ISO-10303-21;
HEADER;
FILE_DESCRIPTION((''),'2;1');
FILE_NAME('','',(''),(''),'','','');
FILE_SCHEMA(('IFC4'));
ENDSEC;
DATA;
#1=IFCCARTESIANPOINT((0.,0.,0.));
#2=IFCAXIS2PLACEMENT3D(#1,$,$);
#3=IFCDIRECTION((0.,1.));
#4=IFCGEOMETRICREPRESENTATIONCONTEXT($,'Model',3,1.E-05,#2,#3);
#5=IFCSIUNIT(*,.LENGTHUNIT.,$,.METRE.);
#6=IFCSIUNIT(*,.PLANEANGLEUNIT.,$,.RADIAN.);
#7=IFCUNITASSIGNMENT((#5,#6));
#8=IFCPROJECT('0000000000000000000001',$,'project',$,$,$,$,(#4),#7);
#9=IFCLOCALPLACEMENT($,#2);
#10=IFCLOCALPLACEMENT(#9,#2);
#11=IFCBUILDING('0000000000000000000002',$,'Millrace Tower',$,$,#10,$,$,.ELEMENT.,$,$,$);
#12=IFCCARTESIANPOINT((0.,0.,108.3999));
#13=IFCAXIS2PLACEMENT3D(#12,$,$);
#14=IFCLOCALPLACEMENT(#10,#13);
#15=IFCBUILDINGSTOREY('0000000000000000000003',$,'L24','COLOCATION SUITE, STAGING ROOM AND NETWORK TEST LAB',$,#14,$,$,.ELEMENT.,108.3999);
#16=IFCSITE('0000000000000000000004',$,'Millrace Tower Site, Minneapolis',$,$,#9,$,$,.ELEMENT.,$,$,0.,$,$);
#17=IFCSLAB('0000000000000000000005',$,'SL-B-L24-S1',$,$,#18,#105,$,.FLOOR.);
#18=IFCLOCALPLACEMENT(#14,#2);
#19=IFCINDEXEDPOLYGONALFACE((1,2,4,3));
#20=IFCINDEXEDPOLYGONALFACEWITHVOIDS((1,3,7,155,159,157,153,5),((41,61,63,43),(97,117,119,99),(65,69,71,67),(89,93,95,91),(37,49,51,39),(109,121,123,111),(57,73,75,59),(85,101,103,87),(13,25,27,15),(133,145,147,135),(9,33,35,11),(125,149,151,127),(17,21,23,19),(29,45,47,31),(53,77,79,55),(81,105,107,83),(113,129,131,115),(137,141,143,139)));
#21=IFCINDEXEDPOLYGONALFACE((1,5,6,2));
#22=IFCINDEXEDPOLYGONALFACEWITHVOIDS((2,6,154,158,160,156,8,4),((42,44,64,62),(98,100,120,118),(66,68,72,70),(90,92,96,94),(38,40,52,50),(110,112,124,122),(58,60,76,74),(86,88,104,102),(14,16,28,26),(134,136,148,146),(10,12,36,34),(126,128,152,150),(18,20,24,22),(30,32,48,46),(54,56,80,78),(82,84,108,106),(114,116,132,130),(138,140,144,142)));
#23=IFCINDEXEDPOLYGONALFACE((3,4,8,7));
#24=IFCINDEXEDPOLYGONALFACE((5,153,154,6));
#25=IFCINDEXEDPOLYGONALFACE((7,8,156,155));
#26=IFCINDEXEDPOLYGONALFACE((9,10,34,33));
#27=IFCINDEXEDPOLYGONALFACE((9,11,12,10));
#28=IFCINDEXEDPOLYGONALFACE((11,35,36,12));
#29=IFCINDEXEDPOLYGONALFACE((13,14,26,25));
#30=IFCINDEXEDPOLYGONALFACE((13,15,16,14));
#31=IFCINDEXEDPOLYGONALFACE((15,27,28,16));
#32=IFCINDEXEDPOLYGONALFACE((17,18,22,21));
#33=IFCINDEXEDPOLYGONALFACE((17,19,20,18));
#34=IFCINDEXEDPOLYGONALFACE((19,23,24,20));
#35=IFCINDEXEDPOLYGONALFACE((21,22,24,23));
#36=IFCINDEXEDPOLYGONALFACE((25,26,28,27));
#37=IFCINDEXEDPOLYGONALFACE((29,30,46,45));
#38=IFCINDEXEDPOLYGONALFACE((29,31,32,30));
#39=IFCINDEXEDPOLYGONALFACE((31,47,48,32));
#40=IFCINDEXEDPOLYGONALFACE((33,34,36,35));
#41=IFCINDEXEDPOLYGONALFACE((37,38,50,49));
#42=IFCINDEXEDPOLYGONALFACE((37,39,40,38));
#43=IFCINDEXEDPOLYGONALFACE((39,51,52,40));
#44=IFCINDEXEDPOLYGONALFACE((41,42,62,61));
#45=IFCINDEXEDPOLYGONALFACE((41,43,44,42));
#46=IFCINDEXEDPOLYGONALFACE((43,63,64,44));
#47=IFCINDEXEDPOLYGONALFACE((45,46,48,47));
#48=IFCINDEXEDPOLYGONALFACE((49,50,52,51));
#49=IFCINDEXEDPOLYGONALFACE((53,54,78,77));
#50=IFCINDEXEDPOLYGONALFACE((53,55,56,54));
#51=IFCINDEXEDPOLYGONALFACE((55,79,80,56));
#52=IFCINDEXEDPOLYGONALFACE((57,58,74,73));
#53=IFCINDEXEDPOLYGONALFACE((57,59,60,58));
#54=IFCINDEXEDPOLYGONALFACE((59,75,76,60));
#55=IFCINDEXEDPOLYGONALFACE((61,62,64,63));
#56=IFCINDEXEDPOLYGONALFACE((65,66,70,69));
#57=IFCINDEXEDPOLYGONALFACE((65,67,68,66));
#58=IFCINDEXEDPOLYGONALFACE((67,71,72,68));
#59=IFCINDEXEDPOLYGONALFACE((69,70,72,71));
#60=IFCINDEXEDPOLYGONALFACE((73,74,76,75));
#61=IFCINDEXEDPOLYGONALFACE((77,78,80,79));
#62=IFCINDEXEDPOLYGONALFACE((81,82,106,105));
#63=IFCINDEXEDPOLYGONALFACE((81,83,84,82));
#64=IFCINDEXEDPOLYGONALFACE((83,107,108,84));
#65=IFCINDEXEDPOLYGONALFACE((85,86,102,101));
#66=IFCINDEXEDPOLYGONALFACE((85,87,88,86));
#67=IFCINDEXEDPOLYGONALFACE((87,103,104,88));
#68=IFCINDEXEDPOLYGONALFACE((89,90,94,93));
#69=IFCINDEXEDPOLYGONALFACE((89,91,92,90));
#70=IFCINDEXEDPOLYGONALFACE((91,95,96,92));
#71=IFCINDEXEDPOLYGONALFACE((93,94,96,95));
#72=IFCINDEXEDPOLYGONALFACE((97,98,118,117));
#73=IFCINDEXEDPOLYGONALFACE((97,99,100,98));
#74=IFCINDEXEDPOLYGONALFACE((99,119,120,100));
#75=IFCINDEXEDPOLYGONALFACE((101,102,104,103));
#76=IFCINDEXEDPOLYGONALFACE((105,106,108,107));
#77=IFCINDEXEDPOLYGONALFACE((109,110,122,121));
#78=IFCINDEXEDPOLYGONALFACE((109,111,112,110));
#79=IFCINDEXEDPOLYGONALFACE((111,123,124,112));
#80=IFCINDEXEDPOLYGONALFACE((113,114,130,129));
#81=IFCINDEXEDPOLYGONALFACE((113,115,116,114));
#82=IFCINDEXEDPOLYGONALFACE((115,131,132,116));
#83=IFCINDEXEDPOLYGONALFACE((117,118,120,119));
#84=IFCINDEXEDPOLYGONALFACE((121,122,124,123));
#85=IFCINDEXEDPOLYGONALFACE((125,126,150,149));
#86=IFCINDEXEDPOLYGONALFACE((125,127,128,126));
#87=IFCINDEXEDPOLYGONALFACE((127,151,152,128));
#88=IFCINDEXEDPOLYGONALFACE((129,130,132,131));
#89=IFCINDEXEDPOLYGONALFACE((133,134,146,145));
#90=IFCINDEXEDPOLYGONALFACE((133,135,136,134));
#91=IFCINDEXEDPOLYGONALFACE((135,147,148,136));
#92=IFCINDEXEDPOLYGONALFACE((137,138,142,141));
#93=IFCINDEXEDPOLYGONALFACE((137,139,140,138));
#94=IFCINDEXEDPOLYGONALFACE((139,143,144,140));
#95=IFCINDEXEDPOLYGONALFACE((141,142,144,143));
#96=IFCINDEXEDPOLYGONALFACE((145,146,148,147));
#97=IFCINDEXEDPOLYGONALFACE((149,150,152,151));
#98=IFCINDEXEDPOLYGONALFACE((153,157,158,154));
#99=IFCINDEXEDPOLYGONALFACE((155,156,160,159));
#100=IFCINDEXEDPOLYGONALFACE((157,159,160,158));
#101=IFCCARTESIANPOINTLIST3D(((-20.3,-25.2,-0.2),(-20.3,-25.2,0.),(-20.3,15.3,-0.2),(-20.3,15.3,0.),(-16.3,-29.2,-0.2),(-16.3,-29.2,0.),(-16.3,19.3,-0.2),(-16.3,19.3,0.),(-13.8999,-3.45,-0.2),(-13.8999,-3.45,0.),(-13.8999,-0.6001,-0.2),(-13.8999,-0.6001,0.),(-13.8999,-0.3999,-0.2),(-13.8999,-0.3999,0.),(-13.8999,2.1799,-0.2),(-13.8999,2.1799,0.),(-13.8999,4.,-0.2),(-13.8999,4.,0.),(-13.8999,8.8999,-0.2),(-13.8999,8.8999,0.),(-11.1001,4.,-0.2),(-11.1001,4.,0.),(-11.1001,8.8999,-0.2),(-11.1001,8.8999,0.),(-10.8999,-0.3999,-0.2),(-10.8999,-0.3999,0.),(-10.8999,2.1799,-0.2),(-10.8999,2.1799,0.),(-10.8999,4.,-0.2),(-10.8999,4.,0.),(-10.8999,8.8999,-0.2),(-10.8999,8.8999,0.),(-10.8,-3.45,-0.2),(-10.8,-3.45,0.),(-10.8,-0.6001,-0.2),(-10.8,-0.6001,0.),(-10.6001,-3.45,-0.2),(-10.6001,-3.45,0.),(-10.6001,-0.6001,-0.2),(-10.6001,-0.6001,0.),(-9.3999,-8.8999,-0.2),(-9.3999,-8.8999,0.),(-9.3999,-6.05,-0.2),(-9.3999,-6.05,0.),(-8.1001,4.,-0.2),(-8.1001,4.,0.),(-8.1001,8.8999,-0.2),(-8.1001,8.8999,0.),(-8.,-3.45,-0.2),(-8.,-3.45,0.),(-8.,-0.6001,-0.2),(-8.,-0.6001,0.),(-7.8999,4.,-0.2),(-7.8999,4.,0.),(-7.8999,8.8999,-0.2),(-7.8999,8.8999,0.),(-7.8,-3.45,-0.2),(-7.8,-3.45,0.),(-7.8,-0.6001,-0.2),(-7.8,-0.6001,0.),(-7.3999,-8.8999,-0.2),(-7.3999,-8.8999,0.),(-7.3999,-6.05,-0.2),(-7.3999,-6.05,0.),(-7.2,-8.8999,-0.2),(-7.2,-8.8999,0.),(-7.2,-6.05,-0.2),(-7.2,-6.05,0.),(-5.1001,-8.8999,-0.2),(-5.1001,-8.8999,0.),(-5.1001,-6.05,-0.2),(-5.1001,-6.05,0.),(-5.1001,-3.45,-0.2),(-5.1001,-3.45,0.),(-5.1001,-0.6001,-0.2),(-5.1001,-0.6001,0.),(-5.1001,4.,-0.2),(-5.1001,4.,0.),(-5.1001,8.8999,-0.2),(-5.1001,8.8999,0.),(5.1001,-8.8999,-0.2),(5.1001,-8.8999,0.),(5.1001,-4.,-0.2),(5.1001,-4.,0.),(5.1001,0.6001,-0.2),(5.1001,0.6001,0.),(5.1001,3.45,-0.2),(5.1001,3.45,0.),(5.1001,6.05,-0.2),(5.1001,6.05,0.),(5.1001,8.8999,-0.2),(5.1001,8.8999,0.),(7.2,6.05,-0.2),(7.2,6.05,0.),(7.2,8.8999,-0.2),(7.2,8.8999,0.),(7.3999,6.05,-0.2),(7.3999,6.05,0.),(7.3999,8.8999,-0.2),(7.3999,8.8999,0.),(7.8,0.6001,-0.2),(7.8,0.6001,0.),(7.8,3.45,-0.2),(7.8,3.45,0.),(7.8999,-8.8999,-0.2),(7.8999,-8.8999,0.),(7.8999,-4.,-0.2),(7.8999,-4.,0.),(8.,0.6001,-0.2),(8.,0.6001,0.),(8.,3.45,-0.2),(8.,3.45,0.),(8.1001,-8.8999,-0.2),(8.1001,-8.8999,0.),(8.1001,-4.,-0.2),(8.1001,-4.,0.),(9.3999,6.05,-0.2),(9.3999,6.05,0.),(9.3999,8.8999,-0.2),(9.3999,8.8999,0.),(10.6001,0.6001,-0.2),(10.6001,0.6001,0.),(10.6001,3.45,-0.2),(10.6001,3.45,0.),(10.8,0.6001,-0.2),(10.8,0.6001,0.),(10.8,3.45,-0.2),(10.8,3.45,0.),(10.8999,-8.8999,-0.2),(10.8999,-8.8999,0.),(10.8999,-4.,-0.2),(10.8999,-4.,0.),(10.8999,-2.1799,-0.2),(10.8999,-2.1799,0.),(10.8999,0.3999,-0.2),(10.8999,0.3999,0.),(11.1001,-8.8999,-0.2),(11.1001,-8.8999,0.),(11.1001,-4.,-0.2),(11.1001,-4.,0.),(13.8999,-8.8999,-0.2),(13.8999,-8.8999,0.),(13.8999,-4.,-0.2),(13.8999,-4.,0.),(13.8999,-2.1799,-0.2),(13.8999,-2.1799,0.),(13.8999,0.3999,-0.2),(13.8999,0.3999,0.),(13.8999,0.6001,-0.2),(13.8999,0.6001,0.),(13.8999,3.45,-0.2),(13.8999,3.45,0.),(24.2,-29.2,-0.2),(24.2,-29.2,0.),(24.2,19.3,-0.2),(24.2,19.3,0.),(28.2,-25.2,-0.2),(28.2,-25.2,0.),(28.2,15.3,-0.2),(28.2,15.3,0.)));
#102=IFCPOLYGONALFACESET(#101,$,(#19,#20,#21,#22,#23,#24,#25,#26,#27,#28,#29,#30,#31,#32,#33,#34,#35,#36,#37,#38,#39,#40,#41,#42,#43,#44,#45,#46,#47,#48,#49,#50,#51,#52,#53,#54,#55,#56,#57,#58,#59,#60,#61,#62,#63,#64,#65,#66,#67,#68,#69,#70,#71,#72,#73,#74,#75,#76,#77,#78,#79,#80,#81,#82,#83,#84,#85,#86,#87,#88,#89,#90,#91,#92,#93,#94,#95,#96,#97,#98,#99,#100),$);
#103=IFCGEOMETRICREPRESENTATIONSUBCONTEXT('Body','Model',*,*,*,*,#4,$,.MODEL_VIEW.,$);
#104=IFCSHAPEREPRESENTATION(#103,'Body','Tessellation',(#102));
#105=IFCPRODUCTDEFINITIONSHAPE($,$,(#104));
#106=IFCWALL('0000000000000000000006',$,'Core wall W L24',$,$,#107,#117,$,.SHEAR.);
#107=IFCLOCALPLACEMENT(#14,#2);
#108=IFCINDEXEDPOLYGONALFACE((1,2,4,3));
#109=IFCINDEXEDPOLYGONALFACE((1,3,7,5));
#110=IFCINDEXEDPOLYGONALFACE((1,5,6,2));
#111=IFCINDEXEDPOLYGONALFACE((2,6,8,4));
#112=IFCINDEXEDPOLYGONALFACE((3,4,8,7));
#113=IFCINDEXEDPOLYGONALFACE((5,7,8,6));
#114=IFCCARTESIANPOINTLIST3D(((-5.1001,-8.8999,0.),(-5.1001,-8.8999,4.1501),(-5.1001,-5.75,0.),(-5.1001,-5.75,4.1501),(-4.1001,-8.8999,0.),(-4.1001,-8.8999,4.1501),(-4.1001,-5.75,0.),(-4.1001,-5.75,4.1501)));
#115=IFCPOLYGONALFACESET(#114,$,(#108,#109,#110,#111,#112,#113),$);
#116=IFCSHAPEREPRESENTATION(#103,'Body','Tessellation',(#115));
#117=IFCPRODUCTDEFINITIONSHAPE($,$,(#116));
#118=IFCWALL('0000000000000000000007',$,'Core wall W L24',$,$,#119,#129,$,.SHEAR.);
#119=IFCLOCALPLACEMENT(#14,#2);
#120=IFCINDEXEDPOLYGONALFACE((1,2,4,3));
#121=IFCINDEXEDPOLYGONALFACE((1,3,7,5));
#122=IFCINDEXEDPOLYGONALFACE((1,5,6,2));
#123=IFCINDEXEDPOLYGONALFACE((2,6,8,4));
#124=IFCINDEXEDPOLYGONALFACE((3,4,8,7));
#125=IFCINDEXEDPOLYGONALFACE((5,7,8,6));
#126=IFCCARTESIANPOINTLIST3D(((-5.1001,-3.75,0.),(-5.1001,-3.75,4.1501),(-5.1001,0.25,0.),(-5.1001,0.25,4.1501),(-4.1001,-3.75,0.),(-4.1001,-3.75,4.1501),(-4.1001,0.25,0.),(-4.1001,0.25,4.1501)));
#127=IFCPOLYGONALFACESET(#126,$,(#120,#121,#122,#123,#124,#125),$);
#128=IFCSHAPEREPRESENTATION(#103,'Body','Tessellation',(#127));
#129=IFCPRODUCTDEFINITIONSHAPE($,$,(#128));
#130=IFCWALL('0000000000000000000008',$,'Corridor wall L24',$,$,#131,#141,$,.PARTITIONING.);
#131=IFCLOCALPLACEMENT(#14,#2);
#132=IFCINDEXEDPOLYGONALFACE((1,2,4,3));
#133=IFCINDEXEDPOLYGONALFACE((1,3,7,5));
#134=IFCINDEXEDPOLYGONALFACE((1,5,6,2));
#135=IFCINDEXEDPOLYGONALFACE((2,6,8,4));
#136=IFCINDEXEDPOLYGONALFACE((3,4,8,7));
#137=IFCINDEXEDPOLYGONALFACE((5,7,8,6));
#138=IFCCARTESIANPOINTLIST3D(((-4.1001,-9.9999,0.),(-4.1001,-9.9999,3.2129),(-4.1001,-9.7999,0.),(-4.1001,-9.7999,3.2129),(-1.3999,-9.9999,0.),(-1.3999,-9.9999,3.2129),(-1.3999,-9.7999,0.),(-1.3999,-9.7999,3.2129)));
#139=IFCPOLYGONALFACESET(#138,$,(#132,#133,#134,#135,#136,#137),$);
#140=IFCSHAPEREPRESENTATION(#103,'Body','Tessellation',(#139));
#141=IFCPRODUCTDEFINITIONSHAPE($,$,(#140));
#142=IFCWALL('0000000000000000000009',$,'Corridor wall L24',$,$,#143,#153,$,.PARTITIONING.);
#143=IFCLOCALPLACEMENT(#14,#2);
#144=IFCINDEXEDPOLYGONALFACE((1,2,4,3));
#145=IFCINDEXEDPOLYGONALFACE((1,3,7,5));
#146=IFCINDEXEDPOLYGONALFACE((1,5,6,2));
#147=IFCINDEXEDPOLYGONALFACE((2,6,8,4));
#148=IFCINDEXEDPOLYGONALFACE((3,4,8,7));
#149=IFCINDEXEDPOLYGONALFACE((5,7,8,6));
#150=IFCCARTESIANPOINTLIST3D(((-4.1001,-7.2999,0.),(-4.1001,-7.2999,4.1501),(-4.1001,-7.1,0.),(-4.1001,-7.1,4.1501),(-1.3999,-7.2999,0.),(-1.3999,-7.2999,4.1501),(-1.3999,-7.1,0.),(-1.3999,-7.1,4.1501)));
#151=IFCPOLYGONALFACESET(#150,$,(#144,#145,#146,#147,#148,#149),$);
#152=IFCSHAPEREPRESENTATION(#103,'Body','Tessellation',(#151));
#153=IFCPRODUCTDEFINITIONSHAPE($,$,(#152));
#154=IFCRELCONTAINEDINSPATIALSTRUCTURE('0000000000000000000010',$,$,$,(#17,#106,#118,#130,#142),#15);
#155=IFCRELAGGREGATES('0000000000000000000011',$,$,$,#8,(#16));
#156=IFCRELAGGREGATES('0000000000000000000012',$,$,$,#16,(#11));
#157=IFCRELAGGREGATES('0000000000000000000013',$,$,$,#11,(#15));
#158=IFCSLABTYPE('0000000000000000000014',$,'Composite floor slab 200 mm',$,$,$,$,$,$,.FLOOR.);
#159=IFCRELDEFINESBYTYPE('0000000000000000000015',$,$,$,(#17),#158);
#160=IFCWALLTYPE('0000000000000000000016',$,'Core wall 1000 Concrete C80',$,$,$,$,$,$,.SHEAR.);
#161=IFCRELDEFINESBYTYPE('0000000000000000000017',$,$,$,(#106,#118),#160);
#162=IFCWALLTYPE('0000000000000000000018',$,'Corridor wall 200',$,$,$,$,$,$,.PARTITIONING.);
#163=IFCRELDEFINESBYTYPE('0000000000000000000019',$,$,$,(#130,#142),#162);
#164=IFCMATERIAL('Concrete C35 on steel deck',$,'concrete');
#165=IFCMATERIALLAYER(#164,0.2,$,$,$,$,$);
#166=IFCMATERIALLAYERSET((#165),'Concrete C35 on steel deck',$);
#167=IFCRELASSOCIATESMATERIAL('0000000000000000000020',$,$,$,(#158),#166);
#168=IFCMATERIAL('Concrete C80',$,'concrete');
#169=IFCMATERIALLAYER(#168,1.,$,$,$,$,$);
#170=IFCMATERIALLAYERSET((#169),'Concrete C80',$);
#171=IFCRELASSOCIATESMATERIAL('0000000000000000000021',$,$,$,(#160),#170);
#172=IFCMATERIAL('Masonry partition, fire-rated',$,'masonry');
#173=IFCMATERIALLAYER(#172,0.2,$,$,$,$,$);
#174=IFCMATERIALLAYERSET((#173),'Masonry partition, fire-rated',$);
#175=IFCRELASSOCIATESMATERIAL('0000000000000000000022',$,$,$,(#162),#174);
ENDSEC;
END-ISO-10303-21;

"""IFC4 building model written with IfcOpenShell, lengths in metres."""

from ifc_helpers import new_model, si_unit, direction, frame, frame_2d, origin, place, context, subcontext, project, spatial, polyline, rectangle, outline, extrude, material, layer, layer_set, type_object, element, save


model = new_model("IFC4")

# Units and contexts
model_context = context("Model", 3, precision=1e-05, world=origin(), true_north=direction((0.0, 1.0)))
body_context = subcontext(model_context, "Body", "Model", "MODEL_VIEW")
ifc_project = project(units=[si_unit("LENGTHUNIT", "METRE"), si_unit("PLANEANGLEUNIT", "RADIAN")], contexts=[model_context])

# Site, building, storey
site_placement = place(None, origin())
site = spatial("IfcSite", under=ifc_project, at=site_placement, Name="Millrace Tower Site, Minneapolis", CompositionType="ELEMENT", RefElevation=0.0)
building_placement = place(site_placement, origin())
building = spatial("IfcBuilding", under=site, at=building_placement, Name="Millrace Tower", CompositionType="ELEMENT")
storey_placement = place(building_placement, frame((0.0, 0.0, 108.3999)))
storey = spatial("IfcBuildingStorey", under=building, at=storey_placement, Name="L24", Description="COLOCATION SUITE, STAGING ROOM AND NETWORK TEST LAB", CompositionType="ELEMENT", Elevation=108.3999)

# Slab
ifc_material_1 = material(Name="Concrete C35 on steel deck", Category="concrete")
ifc_layer_1 = layer(ifc_material_1, 0.2)
ifc_layer_set_1 = layer_set([ifc_layer_1], Name="Concrete C35 on steel deck")
slab_type = type_object("IfcSlabType", Name="Composite floor slab 200 mm", PredefinedType="FLOOR", material=ifc_layer_set_1)
slab_placement = place(storey_placement, frame((0.0, 0.0, -0.2)))
element("IfcSlab", 1, at=slab_placement, inside=storey, type_object=slab_type, Name="SL-B-L24-S1", PredefinedType="FLOOR", context=body_context, shape_type="SweptSolid", body=[
    extrude(outline(polyline([(-20.3, -25.2), (-16.3, -29.2), (24.2, -29.2), (28.2, -25.2), (28.2, 15.3), (24.2, 19.3), (-16.3, 19.3), (-20.3, 15.3), (-20.3, -25.2)]), holes=[polyline([(-9.3999, -8.8999), (-7.3999, -8.8999), (-7.3999, -6.05), (-9.3999, -6.05), (-9.3999, -8.8999)]), polyline([(-7.2, -8.8999), (-5.1001, -8.8999), (-5.1001, -6.05), (-7.2, -6.05), (-7.2, -8.8999)]), polyline([(-13.8999, -3.45), (-10.8, -3.45), (-10.8, -0.6001), (-13.8999, -0.6001), (-13.8999, -3.45)]), polyline([(-10.6001, -3.45), (-8.0, -3.45), (-8.0, -0.6001), (-10.6001, -0.6001), (-10.6001, -3.45)]), polyline([(-7.8, -3.45), (-5.1001, -3.45), (-5.1001, -0.6001), (-7.8, -0.6001), (-7.8, -3.45)]), polyline([(-13.8999, -0.3999), (-10.8999, -0.3999), (-10.8999, 2.1799), (-13.8999, 2.1799), (-13.8999, -0.3999)]), polyline([(-13.8999, 4.0), (-11.1001, 4.0), (-11.1001, 8.8999), (-13.8999, 8.8999), (-13.8999, 4.0)]), polyline([(-10.8999, 4.0), (-8.1001, 4.0), (-8.1001, 8.8999), (-10.8999, 8.8999), (-10.8999, 4.0)]), polyline([(-7.8999, 4.0), (-5.1001, 4.0), (-5.1001, 8.8999), (-7.8999, 8.8999), (-7.8999, 4.0)]), polyline([(7.3999, 6.05), (9.3999, 6.05), (9.3999, 8.8999), (7.3999, 8.8999), (7.3999, 6.05)]), polyline([(5.1001, 6.05), (7.2, 6.05), (7.2, 8.8999), (5.1001, 8.8999), (5.1001, 6.05)]), polyline([(10.8, 0.6001), (13.8999, 0.6001), (13.8999, 3.45), (10.8, 3.45), (10.8, 0.6001)]), polyline([(8.0, 0.6001), (10.6001, 0.6001), (10.6001, 3.45), (8.0, 3.45), (8.0, 0.6001)]), polyline([(5.1001, 0.6001), (7.8, 0.6001), (7.8, 3.45), (5.1001, 3.45), (5.1001, 0.6001)]), polyline([(10.8999, -2.1799), (13.8999, -2.1799), (13.8999, 0.3999), (10.8999, 0.3999), (10.8999, -2.1799)]), polyline([(11.1001, -8.8999), (13.8999, -8.8999), (13.8999, -4.0), (11.1001, -4.0), (11.1001, -8.8999)]), polyline([(8.1001, -8.8999), (10.8999, -8.8999), (10.8999, -4.0), (8.1001, -4.0), (8.1001, -8.8999)]), polyline([(5.1001, -8.8999), (7.8999, -8.8999), (7.8999, -4.0), (5.1001, -4.0), (5.1001, -8.8999)])]), origin(), (0.0, 0.0, 1.0), 0.2),
])

# Walls
ifc_material_2 = material(Name="Concrete C80", Category="concrete")
ifc_layer_2 = layer(ifc_material_2, 1.0)
ifc_layer_set_2 = layer_set([ifc_layer_2], Name="Concrete C80")
wall_type_1 = type_object("IfcWallType", Name="Core wall 1000 Concrete C80", PredefinedType="SHEAR", material=ifc_layer_set_2)
wall_1_placement = place(storey_placement, frame((-4.6001, -8.8999, 0.0), z_axis=(0.0, 0.0, 1.0), x_axis=(0.0, 1.0, 0.0)))
element("IfcWall", 2, at=wall_1_placement, inside=storey, type_object=wall_type_1, Name="Core wall W L24", PredefinedType="SHEAR", context=body_context, shape_type="SweptSolid", body=[
    extrude(rectangle(XDim=3.1499, YDim=1.0, at=frame_2d((1.575, 0.0))), origin(), (0.0, 0.0, 1.0), 4.1501),
])
wall_2_placement = place(storey_placement, frame((-4.6001, -3.75, 0.0), z_axis=(0.0, 0.0, 1.0), x_axis=(0.0, 1.0, 0.0)))
element("IfcWall", 3, at=wall_2_placement, inside=storey, type_object=wall_type_1, Name="Core wall W L24", PredefinedType="SHEAR", context=body_context, shape_type="SweptSolid", body=[
    extrude(rectangle(XDim=4.0, YDim=1.0, at=frame_2d((2.0, 0.0))), origin(), (0.0, 0.0, 1.0), 4.1501),
])
ifc_material_3 = material(Name="Masonry partition, fire-rated", Category="masonry")
ifc_layer_3 = layer(ifc_material_3, 0.2)
ifc_layer_set_3 = layer_set([ifc_layer_3], Name="Masonry partition, fire-rated")
wall_type_2 = type_object("IfcWallType", Name="Corridor wall 200", PredefinedType="PARTITIONING", material=ifc_layer_set_3)
wall_3_placement = place(storey_placement, frame((-4.1001, -9.8999, 0.0), z_axis=(0.0, 0.0, 1.0), x_axis=(1.0, 0.0, 0.0)))
element("IfcWall", 4, at=wall_3_placement, inside=storey, type_object=wall_type_2, Name="Corridor wall L24", PredefinedType="PARTITIONING", context=body_context, shape_type="SweptSolid", body=[
    extrude(rectangle(XDim=2.7002, YDim=0.2, at=frame_2d((1.3501, 0.0))), origin(), (0.0, 0.0, 1.0), 3.2129),
])
wall_4_placement = place(storey_placement, frame((-4.1001, -7.2, 0.0), z_axis=(0.0, 0.0, 1.0), x_axis=(1.0, 0.0, 0.0)))
element("IfcWall", 5, at=wall_4_placement, inside=storey, type_object=wall_type_2, Name="Corridor wall L24", PredefinedType="PARTITIONING", context=body_context, shape_type="SweptSolid", body=[
    extrude(rectangle(XDim=2.7002, YDim=0.2, at=frame_2d((1.3501, 0.0))), origin(), (0.0, 0.0, 1.0), 4.1501),
])

save(model, "model.ifc")
